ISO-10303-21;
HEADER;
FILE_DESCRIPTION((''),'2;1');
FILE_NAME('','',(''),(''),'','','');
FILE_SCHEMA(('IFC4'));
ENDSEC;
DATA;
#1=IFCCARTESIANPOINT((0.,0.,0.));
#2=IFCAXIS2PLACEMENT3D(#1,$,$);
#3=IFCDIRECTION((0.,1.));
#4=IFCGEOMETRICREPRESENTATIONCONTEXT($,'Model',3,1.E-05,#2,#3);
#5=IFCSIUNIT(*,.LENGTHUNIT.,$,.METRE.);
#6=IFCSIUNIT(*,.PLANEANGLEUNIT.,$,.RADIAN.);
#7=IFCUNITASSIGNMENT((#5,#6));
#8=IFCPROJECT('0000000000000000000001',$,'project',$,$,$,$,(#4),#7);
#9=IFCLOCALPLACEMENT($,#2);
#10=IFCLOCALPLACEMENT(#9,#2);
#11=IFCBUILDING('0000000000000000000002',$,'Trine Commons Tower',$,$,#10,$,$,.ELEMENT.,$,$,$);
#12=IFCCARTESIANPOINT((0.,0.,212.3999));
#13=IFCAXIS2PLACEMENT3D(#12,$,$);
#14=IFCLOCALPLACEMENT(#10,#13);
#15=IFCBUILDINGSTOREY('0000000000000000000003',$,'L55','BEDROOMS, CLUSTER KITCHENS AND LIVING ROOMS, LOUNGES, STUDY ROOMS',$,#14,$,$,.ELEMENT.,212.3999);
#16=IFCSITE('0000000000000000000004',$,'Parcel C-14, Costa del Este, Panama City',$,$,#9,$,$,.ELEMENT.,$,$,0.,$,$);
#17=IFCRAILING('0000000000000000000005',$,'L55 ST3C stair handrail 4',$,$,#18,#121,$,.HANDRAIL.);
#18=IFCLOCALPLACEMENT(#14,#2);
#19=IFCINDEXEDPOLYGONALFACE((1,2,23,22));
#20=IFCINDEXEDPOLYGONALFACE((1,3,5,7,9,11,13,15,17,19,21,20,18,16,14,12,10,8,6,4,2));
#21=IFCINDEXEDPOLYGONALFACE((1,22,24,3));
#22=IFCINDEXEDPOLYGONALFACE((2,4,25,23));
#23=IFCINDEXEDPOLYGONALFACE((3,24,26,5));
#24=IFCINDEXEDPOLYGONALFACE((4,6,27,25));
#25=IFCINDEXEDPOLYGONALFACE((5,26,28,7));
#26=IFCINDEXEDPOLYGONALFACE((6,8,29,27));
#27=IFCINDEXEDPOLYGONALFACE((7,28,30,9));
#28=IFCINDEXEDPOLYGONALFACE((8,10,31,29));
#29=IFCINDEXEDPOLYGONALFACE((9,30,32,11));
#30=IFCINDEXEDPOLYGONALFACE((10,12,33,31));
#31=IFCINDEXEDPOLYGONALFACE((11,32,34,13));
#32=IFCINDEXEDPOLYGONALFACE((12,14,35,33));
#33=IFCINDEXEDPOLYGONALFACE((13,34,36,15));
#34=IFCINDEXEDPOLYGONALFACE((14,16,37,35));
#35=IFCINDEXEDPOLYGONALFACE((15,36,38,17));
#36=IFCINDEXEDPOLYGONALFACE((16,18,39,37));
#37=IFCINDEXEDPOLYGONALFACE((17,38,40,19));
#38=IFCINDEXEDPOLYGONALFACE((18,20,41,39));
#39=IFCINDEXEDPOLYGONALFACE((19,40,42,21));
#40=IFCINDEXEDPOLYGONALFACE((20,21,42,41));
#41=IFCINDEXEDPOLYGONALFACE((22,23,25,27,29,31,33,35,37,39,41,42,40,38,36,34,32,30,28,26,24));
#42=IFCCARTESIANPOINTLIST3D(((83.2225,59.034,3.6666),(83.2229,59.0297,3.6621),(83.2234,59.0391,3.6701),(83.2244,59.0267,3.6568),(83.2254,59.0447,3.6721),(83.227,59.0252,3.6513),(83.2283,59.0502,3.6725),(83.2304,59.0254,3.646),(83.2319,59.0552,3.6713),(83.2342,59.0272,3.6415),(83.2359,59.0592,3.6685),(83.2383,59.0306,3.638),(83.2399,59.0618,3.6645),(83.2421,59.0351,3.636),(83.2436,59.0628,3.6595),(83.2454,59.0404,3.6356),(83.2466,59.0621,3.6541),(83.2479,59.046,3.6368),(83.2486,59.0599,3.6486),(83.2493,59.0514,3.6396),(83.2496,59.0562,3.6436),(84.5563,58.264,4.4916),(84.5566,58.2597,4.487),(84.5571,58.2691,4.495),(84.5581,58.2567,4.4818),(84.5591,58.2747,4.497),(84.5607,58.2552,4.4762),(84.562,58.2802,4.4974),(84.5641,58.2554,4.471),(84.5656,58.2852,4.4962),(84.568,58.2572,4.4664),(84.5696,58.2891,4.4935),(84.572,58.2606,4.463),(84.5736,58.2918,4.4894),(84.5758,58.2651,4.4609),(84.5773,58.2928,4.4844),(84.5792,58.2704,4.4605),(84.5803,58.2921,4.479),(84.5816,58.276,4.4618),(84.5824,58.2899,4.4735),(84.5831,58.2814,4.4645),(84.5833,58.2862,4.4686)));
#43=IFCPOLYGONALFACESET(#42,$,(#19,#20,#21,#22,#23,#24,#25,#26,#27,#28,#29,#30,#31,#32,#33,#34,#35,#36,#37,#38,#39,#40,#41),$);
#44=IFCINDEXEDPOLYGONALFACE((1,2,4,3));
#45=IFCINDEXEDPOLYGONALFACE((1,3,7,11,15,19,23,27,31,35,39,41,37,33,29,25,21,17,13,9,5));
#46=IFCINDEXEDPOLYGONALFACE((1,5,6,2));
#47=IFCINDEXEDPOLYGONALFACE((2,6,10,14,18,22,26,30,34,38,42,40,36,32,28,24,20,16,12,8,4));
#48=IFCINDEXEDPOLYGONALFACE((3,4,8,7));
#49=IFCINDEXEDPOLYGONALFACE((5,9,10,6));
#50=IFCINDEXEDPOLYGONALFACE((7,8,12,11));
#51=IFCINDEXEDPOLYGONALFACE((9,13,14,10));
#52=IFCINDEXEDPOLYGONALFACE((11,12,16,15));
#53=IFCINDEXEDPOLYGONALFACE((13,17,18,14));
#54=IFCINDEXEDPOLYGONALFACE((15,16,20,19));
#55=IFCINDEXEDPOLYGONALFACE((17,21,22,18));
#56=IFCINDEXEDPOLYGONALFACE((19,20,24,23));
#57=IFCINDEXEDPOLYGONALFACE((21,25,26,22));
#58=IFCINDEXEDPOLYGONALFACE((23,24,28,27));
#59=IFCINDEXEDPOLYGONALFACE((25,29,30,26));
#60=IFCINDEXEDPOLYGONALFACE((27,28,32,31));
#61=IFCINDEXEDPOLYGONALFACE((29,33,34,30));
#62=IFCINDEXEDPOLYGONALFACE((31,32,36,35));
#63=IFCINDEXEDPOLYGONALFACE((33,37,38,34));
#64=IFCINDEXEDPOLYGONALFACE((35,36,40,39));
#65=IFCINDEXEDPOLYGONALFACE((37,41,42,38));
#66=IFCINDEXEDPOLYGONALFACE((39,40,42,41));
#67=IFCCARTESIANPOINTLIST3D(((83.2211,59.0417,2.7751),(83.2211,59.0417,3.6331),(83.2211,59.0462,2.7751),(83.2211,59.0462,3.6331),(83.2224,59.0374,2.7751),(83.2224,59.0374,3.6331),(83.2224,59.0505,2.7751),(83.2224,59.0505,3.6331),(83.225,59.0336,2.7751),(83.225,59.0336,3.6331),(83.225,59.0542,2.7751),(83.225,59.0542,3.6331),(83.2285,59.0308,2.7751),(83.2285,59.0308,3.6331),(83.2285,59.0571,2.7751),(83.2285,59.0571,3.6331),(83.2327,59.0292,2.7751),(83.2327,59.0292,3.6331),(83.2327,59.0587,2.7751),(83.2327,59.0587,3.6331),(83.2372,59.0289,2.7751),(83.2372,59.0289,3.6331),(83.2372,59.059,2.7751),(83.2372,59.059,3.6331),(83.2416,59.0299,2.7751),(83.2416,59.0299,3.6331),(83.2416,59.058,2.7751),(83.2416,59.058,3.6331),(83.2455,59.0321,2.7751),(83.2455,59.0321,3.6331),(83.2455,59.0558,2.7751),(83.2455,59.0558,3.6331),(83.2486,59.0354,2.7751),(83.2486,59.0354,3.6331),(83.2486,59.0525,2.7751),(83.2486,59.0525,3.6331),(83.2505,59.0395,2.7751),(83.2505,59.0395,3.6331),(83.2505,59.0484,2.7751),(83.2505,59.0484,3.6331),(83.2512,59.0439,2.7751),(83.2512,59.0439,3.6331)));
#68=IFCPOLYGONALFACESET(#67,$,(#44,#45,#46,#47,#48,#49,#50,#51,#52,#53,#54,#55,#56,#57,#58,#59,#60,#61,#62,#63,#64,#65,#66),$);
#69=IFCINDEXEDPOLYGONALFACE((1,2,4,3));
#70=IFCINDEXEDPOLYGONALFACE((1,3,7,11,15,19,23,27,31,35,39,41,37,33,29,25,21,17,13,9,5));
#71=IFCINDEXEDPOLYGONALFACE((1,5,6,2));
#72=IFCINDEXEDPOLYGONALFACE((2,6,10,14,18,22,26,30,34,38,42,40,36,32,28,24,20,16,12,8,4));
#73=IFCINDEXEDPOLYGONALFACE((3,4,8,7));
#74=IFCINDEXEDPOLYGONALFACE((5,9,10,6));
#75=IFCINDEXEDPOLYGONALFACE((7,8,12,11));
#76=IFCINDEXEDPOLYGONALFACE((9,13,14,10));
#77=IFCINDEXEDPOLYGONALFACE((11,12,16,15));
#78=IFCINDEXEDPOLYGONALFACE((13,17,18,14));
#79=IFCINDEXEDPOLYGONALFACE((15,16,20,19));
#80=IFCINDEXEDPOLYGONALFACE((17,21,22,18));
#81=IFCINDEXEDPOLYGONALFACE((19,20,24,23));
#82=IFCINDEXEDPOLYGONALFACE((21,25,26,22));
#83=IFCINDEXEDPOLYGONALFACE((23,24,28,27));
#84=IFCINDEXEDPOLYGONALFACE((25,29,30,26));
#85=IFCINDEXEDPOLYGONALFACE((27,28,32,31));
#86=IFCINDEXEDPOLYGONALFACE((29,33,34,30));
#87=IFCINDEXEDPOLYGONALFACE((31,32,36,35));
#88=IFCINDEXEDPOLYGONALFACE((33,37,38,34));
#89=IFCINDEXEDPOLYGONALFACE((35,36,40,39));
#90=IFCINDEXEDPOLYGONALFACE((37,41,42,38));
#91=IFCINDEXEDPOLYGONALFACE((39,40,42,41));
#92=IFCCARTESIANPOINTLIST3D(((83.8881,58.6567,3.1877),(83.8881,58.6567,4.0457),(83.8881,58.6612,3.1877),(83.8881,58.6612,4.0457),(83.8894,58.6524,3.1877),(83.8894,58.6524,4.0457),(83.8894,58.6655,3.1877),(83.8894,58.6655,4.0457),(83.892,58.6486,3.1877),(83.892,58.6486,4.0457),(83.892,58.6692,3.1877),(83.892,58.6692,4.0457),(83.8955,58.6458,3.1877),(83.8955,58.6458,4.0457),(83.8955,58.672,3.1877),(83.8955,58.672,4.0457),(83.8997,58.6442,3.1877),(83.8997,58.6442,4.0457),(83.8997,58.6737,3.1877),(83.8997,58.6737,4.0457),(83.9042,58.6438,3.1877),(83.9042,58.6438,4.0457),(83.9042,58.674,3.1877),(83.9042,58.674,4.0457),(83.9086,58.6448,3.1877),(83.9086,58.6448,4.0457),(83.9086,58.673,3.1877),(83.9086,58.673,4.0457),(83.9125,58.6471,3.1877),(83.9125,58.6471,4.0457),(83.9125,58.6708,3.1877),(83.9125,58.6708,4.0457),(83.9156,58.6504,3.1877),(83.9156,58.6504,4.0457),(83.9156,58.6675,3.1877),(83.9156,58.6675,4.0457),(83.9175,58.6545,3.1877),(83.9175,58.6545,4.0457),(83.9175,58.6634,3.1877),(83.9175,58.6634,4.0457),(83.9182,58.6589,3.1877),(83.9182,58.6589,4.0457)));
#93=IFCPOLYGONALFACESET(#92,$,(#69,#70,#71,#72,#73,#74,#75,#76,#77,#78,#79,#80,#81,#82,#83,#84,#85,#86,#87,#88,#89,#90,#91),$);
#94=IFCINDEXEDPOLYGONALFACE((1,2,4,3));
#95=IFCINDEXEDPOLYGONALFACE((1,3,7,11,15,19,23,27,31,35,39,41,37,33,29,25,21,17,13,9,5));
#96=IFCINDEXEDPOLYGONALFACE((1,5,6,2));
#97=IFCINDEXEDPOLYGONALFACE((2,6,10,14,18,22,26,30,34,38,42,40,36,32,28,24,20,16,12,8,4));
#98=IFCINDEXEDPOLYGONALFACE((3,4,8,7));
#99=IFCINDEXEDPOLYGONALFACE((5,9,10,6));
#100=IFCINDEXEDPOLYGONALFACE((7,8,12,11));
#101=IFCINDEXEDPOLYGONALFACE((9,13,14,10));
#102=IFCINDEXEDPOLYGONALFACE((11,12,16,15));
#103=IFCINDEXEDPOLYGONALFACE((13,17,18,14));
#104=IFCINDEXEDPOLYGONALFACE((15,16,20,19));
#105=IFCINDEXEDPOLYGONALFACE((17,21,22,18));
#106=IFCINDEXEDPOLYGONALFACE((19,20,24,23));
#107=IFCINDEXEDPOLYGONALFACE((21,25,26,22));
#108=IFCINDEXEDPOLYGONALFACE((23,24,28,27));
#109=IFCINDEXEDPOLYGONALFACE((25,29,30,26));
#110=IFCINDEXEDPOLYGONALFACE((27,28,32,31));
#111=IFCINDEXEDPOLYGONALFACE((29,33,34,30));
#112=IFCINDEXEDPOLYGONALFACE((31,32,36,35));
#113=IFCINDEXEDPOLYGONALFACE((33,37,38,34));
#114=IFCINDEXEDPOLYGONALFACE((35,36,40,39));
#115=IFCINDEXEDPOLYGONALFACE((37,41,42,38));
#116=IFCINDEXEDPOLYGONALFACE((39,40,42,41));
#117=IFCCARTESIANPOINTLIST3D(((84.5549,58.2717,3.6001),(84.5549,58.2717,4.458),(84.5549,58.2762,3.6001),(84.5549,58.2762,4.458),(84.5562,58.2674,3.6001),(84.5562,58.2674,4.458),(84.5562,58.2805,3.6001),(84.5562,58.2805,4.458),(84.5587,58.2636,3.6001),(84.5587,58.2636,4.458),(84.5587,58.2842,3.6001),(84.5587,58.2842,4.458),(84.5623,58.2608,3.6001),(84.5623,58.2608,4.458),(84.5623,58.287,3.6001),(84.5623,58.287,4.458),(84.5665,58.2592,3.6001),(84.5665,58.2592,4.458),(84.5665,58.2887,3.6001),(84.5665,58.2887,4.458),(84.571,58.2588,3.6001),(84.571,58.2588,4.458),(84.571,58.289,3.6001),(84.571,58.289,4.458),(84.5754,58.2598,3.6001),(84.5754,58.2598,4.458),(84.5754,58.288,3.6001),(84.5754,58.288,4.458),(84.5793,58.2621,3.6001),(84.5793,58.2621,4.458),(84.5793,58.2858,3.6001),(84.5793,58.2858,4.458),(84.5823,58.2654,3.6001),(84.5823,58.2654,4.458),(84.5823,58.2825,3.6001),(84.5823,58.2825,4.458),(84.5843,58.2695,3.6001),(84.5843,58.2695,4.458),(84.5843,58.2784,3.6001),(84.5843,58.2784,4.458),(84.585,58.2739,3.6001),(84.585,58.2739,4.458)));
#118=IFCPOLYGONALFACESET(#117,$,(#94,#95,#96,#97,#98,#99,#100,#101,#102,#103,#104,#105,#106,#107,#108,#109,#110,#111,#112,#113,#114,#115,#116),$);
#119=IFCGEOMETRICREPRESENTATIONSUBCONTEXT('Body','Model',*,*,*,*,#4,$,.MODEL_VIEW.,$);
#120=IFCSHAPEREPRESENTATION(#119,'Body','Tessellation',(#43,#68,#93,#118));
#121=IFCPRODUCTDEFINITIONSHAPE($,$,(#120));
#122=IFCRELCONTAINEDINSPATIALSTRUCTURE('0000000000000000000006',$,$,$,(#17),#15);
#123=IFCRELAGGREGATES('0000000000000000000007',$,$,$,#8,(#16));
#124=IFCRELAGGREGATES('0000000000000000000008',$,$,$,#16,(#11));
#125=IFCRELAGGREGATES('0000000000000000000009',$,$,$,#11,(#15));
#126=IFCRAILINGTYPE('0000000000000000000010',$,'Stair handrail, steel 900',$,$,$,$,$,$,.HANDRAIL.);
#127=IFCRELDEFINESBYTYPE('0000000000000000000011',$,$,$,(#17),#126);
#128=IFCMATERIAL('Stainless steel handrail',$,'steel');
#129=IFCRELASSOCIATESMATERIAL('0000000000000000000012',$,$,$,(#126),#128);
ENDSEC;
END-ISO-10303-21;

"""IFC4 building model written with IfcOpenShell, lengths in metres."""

from ifc_helpers import new_model, si_unit, direction, frame, origin, origin_2d, place, context, subcontext, project, spatial, circle, extrude, material, type_object, element, save


model = new_model("IFC4")

# Units and contexts
model_context = context("Model", 3, precision=1e-05, world=origin(), true_north=direction((0.0, 1.0)))
body_context = subcontext(model_context, "Body", "Model", "MODEL_VIEW")
ifc_project = project(units=[si_unit("LENGTHUNIT", "METRE"), si_unit("PLANEANGLEUNIT", "RADIAN")], contexts=[model_context])

# Site, building, storey
site_placement = place(None, origin())
site = spatial("IfcSite", under=ifc_project, at=site_placement, Name="Parcel C-14, Costa del Este, Panama City", CompositionType="ELEMENT", RefElevation=0.0)
building_placement = place(site_placement, origin())
building = spatial("IfcBuilding", under=site, at=building_placement, Name="Trine Commons Tower", CompositionType="ELEMENT")
storey_placement = place(building_placement, frame((0.0, 0.0, 212.3999)))
storey = spatial("IfcBuildingStorey", under=building, at=storey_placement, Name="L55", Description="BEDROOMS, CLUSTER KITCHENS AND LIVING ROOMS, LOUNGES, STUDY ROOMS", CompositionType="ELEMENT", Elevation=212.3999)

# Railing
ifc_material_1 = material(Name="Stainless steel handrail", Category="steel")
railing_type_1 = type_object("IfcRailingType", Name="Stair handrail, steel 900", PredefinedType="HANDRAIL", material=ifc_material_1)
for number, where, name in (
    (1, (83.2361, 59.0439, 2.7751), "L55 ST3C stair handrail 4"),
):
    element("IfcRailing", number, at=place(storey_placement, frame(where)), inside=storey, type_object=railing_type_1, Name=name, PredefinedType="HANDRAIL", context=body_context, shape_type="SweptSolid", body=[
        extrude(circle(Radius=0.021, at=origin_2d()), frame((0.0, 0.0, 0.8789), z_axis=(0.763405, -0.440743, 0.472185), x_axis=(0.499992, 0.86603, 0.0)), (0.0, 0.0, 1.0), 1.7471),
        extrude(circle(Radius=0.0151, at=origin_2d()), origin(), (0.0, 0.0, 1.0), 0.8579),
        extrude(circle(Radius=0.0151, at=origin_2d()), frame((0.667, -0.385, 0.4126)), (0.0, 0.0, 1.0), 0.8579),
        extrude(circle(Radius=0.0151, at=origin_2d()), frame((1.3337, -0.77, 0.825)), (0.0, 0.0, 1.0), 0.8579),
    ])

save(model, "model.ifc")
